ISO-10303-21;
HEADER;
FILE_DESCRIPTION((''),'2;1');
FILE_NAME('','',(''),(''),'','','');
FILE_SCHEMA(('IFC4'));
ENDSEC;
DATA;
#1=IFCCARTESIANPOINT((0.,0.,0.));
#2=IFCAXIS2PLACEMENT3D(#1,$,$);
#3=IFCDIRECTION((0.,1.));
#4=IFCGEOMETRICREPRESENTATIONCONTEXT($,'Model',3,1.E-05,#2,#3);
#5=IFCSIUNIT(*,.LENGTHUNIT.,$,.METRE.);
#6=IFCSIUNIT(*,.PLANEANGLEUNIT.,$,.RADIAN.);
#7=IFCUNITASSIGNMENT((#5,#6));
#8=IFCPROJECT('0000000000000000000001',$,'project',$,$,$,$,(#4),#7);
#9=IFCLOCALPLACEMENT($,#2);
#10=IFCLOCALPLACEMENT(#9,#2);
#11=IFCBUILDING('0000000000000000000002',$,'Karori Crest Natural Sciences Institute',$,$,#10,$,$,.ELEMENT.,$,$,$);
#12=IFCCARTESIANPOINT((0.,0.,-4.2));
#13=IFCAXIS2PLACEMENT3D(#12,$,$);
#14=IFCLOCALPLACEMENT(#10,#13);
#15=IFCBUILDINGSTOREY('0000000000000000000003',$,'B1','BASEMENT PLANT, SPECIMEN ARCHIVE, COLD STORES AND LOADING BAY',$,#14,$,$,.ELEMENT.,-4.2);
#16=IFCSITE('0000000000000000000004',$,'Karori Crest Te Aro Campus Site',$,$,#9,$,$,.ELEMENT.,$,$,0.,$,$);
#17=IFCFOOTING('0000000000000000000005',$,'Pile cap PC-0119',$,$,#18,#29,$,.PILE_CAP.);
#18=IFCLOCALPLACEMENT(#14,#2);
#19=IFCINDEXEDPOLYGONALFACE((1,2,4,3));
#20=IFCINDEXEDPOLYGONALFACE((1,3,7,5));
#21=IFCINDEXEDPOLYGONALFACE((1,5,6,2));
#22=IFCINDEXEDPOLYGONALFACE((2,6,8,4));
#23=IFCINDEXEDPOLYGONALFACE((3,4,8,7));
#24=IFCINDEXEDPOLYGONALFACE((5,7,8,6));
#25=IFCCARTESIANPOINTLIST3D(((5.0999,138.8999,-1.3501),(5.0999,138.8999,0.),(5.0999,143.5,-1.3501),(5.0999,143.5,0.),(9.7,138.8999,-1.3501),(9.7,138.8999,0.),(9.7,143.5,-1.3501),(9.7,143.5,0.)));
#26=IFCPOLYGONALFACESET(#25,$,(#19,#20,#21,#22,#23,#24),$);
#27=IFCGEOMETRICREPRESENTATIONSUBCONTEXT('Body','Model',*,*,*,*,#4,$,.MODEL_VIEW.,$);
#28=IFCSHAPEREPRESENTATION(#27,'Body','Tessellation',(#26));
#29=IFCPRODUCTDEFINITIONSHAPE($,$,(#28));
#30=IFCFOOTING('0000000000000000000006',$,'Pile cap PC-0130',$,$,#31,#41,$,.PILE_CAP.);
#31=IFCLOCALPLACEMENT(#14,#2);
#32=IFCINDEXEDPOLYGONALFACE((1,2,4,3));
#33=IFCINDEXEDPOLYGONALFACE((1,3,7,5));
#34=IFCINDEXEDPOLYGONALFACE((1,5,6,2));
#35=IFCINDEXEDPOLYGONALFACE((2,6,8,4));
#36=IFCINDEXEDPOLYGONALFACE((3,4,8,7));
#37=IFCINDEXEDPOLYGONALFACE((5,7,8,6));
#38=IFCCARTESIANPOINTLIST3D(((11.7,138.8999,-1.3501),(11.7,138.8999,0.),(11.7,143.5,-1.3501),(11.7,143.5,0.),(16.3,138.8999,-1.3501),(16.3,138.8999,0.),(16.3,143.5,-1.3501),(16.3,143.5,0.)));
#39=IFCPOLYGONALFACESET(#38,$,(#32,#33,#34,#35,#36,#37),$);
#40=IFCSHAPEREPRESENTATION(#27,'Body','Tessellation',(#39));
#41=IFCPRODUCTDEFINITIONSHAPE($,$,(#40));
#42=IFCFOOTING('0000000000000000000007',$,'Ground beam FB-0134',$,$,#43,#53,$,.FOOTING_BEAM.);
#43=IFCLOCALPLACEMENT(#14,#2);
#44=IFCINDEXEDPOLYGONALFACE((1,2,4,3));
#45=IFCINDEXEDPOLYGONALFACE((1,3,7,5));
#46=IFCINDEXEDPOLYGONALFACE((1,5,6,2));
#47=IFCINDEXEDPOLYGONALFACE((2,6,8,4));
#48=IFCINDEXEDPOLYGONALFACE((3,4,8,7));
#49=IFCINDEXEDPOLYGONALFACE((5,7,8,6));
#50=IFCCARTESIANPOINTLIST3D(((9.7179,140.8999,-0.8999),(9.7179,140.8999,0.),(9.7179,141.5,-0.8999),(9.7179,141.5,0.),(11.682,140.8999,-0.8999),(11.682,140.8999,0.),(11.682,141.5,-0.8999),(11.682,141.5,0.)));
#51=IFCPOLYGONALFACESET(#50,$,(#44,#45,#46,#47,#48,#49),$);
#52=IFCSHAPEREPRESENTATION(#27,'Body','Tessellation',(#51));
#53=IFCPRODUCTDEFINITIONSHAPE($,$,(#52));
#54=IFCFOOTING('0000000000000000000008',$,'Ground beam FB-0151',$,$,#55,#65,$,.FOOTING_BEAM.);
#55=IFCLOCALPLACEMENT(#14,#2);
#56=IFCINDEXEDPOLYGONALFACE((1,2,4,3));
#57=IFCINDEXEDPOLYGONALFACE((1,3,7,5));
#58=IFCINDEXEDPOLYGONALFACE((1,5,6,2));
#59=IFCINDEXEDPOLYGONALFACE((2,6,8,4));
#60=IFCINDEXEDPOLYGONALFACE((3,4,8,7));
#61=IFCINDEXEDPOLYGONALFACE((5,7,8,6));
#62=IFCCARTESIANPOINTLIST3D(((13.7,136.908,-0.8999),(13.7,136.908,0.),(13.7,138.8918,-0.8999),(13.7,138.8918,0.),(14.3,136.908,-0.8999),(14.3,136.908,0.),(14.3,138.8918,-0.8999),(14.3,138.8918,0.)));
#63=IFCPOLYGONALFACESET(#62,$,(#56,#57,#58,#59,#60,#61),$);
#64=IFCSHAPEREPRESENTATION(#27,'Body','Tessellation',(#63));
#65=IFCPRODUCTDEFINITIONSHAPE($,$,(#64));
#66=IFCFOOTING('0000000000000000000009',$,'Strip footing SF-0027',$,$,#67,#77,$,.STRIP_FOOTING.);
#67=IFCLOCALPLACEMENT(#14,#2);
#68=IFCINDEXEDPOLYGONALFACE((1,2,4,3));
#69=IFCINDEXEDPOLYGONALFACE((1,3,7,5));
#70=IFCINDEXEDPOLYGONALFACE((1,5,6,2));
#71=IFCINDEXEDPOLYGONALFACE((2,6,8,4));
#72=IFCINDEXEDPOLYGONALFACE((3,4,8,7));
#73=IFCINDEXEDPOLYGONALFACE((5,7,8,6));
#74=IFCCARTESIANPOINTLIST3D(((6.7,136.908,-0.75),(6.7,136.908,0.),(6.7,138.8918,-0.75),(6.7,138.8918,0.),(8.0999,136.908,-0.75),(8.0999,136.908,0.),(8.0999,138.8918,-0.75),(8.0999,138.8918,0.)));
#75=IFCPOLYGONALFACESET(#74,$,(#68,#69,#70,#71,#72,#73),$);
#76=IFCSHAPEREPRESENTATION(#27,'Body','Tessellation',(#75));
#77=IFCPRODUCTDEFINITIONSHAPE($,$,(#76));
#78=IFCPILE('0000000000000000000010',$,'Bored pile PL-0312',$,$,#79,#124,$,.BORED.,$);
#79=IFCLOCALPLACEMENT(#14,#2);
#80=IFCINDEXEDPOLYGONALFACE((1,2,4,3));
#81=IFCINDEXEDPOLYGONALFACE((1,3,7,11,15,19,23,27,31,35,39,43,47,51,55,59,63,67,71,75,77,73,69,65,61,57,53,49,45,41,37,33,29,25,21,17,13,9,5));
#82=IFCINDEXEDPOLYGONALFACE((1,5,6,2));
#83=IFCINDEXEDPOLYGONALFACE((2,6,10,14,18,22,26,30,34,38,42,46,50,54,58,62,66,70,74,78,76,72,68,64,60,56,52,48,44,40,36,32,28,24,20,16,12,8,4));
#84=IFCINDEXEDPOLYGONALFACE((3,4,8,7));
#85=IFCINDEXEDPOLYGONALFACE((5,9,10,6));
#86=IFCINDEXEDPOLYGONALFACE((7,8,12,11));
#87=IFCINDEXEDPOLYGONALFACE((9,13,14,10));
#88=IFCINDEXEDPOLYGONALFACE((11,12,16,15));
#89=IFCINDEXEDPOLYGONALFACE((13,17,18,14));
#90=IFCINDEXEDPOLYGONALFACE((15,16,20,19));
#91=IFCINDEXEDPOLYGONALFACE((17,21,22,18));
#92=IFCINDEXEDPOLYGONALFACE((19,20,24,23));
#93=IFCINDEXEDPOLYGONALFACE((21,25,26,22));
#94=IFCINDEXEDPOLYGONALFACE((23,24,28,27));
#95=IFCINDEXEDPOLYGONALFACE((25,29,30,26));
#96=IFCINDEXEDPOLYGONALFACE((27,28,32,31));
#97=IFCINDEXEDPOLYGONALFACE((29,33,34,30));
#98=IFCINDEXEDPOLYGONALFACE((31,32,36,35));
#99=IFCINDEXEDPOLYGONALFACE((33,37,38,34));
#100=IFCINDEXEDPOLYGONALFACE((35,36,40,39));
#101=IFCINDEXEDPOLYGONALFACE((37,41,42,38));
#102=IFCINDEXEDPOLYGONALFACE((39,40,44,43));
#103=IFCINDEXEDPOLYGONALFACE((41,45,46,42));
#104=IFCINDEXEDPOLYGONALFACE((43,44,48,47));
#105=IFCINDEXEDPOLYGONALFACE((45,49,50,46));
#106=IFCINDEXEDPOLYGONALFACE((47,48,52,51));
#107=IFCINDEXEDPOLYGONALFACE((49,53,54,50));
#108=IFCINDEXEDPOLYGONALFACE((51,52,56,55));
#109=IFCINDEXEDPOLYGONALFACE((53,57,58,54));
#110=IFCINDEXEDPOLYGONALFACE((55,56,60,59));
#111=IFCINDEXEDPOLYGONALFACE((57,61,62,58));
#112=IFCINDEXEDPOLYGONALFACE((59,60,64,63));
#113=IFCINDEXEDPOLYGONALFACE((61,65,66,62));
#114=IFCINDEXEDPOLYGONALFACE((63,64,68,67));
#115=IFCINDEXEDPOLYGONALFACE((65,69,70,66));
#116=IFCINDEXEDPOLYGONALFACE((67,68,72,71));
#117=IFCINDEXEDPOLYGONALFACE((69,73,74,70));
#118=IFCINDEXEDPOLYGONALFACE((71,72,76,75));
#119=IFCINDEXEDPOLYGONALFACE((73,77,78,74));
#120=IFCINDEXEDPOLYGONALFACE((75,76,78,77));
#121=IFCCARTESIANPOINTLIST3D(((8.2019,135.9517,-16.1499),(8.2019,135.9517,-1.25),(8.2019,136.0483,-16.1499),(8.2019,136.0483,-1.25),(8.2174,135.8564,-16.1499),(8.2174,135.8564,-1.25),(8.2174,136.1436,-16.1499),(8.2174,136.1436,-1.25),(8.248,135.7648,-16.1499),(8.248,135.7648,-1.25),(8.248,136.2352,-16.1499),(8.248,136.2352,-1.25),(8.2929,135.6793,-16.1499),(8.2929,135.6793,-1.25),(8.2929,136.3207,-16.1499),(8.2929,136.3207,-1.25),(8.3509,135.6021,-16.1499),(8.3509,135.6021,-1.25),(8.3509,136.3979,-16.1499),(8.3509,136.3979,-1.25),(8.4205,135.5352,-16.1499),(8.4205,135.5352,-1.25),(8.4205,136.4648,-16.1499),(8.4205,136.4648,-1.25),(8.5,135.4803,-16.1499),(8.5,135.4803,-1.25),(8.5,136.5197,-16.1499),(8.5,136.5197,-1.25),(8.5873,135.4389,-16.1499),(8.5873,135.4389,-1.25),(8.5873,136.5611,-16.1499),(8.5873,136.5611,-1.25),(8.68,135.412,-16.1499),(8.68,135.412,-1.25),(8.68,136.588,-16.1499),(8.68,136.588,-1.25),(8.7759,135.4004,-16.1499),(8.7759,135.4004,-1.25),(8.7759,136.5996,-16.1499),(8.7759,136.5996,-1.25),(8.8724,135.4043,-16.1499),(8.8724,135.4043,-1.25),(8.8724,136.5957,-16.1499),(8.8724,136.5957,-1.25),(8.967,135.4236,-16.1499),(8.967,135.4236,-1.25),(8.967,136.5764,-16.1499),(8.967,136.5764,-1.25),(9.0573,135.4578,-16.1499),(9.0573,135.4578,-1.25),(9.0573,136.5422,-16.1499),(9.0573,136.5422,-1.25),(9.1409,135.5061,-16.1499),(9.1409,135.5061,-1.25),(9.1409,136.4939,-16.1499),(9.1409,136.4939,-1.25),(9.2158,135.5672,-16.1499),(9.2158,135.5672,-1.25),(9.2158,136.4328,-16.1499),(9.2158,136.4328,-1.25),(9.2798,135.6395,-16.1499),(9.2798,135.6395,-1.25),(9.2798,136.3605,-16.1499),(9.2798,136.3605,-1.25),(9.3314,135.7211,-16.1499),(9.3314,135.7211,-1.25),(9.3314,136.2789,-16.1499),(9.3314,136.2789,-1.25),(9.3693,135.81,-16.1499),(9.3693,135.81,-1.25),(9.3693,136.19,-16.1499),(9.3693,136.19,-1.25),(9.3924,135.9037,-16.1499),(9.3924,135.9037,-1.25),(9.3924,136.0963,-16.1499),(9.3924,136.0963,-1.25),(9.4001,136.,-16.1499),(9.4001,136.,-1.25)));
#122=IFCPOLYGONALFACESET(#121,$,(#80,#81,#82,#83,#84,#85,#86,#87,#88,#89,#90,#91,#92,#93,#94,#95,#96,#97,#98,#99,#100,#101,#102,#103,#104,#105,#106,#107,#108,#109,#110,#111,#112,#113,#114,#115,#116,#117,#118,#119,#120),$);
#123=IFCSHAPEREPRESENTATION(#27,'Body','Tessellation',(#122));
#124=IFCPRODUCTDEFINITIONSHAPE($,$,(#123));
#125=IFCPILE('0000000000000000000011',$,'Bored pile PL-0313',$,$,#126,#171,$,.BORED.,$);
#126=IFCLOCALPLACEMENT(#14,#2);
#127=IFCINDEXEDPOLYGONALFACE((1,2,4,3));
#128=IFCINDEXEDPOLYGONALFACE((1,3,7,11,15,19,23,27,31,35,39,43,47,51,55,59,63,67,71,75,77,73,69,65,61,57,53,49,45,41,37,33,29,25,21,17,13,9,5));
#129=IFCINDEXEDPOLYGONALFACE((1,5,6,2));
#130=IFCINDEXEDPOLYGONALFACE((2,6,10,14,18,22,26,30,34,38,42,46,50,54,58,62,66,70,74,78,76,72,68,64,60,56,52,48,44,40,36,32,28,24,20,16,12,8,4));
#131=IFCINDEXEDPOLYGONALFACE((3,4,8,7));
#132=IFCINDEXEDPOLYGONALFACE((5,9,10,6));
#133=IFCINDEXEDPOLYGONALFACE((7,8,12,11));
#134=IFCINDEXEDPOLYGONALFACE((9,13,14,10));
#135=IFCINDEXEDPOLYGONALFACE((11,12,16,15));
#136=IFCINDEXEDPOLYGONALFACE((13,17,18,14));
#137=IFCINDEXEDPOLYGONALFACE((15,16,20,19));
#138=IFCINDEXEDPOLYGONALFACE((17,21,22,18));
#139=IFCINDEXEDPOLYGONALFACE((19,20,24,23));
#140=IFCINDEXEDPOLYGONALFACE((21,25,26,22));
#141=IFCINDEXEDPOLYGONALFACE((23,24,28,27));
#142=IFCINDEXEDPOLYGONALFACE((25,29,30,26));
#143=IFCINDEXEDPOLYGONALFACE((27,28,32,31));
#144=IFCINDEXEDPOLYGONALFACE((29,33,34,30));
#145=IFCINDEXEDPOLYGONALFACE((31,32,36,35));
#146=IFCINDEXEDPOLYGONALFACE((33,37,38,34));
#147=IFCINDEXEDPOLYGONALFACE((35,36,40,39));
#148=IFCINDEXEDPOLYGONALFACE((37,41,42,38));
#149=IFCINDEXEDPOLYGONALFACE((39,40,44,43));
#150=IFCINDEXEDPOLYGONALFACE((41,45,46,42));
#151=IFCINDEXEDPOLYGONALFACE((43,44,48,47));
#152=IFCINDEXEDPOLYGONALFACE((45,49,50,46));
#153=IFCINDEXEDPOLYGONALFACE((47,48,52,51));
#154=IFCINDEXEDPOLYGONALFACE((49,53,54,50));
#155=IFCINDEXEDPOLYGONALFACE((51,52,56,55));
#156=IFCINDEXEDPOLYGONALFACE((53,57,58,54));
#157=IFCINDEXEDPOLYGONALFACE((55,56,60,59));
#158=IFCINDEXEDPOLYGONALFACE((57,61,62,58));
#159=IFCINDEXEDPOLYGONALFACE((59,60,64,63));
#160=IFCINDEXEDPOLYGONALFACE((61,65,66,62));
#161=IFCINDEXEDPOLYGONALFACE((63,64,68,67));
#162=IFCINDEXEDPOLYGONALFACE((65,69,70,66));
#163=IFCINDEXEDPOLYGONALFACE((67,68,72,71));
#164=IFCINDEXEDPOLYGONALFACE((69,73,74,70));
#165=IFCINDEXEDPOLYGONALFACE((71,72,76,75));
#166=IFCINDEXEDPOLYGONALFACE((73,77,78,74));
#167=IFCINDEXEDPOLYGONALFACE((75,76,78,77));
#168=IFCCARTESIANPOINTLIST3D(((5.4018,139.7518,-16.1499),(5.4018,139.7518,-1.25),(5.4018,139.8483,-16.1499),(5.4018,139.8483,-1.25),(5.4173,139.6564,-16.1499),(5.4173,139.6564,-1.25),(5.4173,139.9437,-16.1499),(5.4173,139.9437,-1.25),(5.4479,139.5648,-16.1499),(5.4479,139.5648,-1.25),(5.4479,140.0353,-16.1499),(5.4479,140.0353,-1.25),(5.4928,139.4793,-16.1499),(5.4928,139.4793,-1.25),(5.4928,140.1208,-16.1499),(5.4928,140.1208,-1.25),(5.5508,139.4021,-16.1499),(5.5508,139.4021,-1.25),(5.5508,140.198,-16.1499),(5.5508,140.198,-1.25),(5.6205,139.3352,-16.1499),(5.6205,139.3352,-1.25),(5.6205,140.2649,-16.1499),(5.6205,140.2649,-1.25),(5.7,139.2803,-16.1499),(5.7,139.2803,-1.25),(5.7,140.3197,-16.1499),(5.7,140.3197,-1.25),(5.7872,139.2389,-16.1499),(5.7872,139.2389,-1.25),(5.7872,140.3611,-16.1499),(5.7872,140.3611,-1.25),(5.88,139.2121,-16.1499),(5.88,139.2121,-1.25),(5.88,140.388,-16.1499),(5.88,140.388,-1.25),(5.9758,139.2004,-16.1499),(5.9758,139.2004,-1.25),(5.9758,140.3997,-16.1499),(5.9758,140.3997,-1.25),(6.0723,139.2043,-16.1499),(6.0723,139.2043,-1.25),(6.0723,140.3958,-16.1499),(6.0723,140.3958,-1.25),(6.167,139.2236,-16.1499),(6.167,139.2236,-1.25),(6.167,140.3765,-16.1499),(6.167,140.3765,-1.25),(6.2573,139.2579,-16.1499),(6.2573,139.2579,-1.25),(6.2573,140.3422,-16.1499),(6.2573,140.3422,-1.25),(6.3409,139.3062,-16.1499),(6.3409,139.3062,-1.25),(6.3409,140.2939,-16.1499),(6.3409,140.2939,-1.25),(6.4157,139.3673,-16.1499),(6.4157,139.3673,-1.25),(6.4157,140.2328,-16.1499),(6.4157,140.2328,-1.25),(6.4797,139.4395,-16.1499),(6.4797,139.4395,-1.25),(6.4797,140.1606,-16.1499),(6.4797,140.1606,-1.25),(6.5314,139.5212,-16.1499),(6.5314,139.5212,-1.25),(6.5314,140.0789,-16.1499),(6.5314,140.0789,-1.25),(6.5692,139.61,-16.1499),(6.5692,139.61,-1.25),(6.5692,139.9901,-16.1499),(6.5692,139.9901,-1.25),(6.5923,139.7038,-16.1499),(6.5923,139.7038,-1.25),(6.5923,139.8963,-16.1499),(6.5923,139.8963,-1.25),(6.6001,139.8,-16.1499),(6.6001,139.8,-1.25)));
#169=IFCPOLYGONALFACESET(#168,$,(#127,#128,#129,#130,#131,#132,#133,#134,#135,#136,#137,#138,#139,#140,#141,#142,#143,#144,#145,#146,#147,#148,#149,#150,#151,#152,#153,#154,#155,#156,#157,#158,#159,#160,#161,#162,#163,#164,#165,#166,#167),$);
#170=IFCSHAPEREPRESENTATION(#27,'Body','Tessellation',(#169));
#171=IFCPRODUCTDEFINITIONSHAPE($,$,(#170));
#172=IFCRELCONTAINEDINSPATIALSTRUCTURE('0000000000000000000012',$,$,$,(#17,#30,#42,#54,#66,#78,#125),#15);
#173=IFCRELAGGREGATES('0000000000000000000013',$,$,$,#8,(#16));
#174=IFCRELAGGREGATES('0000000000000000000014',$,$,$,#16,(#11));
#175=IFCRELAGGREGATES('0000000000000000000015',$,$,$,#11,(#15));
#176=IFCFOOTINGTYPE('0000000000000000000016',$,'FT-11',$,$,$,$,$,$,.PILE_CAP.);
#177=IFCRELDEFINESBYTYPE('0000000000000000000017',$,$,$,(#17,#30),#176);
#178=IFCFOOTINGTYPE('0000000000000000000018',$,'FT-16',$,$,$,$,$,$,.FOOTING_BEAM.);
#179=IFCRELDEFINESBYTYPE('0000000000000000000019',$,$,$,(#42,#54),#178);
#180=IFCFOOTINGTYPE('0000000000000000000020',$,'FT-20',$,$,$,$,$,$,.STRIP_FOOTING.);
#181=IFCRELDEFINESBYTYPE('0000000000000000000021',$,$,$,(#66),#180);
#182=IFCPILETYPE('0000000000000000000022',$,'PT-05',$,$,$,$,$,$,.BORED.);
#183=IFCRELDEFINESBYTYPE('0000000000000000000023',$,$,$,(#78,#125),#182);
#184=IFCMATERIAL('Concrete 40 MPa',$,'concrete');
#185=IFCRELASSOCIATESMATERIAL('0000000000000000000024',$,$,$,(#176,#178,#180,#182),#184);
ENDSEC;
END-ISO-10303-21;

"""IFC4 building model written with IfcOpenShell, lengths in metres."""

from ifc_helpers import new_model, si_unit, direction, frame, origin, origin_2d, place, context, subcontext, project, spatial, rectangle, circle, extrude, material, material_profile, profile_set, type_object, element, save


model = new_model("IFC4")

# Units and contexts
model_context = context("Model", 3, precision=1e-05, world=origin(), true_north=direction((0.0, 1.0)))
body_context = subcontext(model_context, "Body", "Model", "MODEL_VIEW")
ifc_project = project(units=[si_unit("LENGTHUNIT", "METRE"), si_unit("PLANEANGLEUNIT", "RADIAN")], contexts=[model_context])

# Site, building, storey
site_placement = place(None, origin())
site = spatial("IfcSite", under=ifc_project, at=site_placement, Name="Karori Crest Te Aro Campus Site", CompositionType="ELEMENT", RefElevation=0.0)
building_placement = place(site_placement, origin())
building = spatial("IfcBuilding", under=site, at=building_placement, Name="Karori Crest Natural Sciences Institute", CompositionType="ELEMENT")
storey_placement = place(building_placement, frame((0.0, 0.0, -4.2)))
storey = spatial("IfcBuildingStorey", under=building, at=storey_placement, Name="B1", Description="BASEMENT PLANT, SPECIMEN ARCHIVE, COLD STORES AND LOADING BAY", CompositionType="ELEMENT", Elevation=-4.2)

# Footings
ifc_material_1 = material(Name="Concrete 40 MPa", Category="concrete")
footing_type_1 = type_object("IfcFootingType", Name="FT-11", PredefinedType="PILE_CAP", material=ifc_material_1)
for number, where, z_axis, x_axis, name in (
    (1, (7.3999, 141.2, -1.3501), (0.0, 0.0, 1.0), (1.0, 0.0, 0.0), "Pile cap PC-0119"),
    (2, (14.0, 141.2, -1.3501), (0.0, 0.0, 1.0), (1.0, 0.0, 0.0), "Pile cap PC-0130"),
):
    element("IfcFooting", number, at=place(storey_placement, frame(where, z_axis=z_axis, x_axis=x_axis)), inside=storey, type_object=footing_type_1, Name=name, PredefinedType="PILE_CAP", context=body_context, shape_type="SweptSolid", body=[
        extrude(rectangle(XDim=4.6001, YDim=4.6001, at=origin_2d()), origin(), (0.0, 0.0, 1.0), 1.3501),
    ])
footing_type_2 = type_object("IfcFootingType", Name="FT-16", PredefinedType="FOOTING_BEAM", material=ifc_material_1)
footing_1_placement = place(storey_placement, frame((10.7, 141.2, -0.8999), z_axis=(0.0, 0.0, 1.0), x_axis=(1.0, 0.0, 0.0)))
element("IfcFooting", 3, at=footing_1_placement, inside=storey, type_object=footing_type_2, Name="Ground beam FB-0134", PredefinedType="FOOTING_BEAM", context=body_context, shape_type="SweptSolid", body=[
    extrude(rectangle(XDim=1.9641, YDim=0.6001, at=origin_2d()), origin(), (0.0, 0.0, 1.0), 0.8999),
])
footing_2_placement = place(storey_placement, frame((14.0, 137.8999, -0.8999), z_axis=(0.0, 0.0, 1.0), x_axis=(0.0, 1.0, 0.0)))
element("IfcFooting", 4, at=footing_2_placement, inside=storey, type_object=footing_type_2, Name="Ground beam FB-0151", PredefinedType="FOOTING_BEAM", context=body_context, shape_type="SweptSolid", body=[
    extrude(rectangle(XDim=1.9839, YDim=0.6001, at=origin_2d()), origin(), (0.0, 0.0, 1.0), 0.8999),
])
footing_type_3 = type_object("IfcFootingType", Name="FT-20", PredefinedType="STRIP_FOOTING", material=ifc_material_1)
footing_3_placement = place(storey_placement, frame((7.3999, 137.8999, -0.75), z_axis=(0.0, 0.0, 1.0), x_axis=(0.0, 1.0, 0.0)))
element("IfcFooting", 5, at=footing_3_placement, inside=storey, type_object=footing_type_3, Name="Strip footing SF-0027", PredefinedType="STRIP_FOOTING", context=body_context, shape_type="SweptSolid", body=[
    extrude(rectangle(XDim=1.9839, YDim=1.3999, at=origin_2d()), origin(), (0.0, 0.0, 1.0), 0.75),
])

# Piles
ifc_material_profile_1 = material_profile(ifc_material_1, circle(Radius=0.6001, at=origin_2d()), Name="PILE1200")
ifc_profile_set_1 = profile_set([ifc_material_profile_1], Name="Concrete 40 MPa")
pile_type = type_object("IfcPileType", Name="PT-05", PredefinedType="BORED", material=ifc_profile_set_1)
for number, where, z_axis, x_axis, name in (
    (6, (8.8, 136.0, -1.25), (0.0, 0.0, -1.0), (1.0, 0.0, 0.0), "Bored pile PL-0312"),
    (7, (6.0, 139.8, -1.25), (0.0, 0.0, -1.0), (1.0, 0.0, 0.0), "Bored pile PL-0313"),
):
    element("IfcPile", number, at=place(storey_placement, frame(where, z_axis=z_axis, x_axis=x_axis)), inside=storey, type_object=pile_type, Name=name, PredefinedType="BORED", context=body_context, shape_type="SweptSolid", body=[
        extrude(circle(Radius=0.6001, at=origin_2d()), origin(), (0.0, 0.0, 1.0), 14.8999),
    ])

save(model, "model.ifc")
